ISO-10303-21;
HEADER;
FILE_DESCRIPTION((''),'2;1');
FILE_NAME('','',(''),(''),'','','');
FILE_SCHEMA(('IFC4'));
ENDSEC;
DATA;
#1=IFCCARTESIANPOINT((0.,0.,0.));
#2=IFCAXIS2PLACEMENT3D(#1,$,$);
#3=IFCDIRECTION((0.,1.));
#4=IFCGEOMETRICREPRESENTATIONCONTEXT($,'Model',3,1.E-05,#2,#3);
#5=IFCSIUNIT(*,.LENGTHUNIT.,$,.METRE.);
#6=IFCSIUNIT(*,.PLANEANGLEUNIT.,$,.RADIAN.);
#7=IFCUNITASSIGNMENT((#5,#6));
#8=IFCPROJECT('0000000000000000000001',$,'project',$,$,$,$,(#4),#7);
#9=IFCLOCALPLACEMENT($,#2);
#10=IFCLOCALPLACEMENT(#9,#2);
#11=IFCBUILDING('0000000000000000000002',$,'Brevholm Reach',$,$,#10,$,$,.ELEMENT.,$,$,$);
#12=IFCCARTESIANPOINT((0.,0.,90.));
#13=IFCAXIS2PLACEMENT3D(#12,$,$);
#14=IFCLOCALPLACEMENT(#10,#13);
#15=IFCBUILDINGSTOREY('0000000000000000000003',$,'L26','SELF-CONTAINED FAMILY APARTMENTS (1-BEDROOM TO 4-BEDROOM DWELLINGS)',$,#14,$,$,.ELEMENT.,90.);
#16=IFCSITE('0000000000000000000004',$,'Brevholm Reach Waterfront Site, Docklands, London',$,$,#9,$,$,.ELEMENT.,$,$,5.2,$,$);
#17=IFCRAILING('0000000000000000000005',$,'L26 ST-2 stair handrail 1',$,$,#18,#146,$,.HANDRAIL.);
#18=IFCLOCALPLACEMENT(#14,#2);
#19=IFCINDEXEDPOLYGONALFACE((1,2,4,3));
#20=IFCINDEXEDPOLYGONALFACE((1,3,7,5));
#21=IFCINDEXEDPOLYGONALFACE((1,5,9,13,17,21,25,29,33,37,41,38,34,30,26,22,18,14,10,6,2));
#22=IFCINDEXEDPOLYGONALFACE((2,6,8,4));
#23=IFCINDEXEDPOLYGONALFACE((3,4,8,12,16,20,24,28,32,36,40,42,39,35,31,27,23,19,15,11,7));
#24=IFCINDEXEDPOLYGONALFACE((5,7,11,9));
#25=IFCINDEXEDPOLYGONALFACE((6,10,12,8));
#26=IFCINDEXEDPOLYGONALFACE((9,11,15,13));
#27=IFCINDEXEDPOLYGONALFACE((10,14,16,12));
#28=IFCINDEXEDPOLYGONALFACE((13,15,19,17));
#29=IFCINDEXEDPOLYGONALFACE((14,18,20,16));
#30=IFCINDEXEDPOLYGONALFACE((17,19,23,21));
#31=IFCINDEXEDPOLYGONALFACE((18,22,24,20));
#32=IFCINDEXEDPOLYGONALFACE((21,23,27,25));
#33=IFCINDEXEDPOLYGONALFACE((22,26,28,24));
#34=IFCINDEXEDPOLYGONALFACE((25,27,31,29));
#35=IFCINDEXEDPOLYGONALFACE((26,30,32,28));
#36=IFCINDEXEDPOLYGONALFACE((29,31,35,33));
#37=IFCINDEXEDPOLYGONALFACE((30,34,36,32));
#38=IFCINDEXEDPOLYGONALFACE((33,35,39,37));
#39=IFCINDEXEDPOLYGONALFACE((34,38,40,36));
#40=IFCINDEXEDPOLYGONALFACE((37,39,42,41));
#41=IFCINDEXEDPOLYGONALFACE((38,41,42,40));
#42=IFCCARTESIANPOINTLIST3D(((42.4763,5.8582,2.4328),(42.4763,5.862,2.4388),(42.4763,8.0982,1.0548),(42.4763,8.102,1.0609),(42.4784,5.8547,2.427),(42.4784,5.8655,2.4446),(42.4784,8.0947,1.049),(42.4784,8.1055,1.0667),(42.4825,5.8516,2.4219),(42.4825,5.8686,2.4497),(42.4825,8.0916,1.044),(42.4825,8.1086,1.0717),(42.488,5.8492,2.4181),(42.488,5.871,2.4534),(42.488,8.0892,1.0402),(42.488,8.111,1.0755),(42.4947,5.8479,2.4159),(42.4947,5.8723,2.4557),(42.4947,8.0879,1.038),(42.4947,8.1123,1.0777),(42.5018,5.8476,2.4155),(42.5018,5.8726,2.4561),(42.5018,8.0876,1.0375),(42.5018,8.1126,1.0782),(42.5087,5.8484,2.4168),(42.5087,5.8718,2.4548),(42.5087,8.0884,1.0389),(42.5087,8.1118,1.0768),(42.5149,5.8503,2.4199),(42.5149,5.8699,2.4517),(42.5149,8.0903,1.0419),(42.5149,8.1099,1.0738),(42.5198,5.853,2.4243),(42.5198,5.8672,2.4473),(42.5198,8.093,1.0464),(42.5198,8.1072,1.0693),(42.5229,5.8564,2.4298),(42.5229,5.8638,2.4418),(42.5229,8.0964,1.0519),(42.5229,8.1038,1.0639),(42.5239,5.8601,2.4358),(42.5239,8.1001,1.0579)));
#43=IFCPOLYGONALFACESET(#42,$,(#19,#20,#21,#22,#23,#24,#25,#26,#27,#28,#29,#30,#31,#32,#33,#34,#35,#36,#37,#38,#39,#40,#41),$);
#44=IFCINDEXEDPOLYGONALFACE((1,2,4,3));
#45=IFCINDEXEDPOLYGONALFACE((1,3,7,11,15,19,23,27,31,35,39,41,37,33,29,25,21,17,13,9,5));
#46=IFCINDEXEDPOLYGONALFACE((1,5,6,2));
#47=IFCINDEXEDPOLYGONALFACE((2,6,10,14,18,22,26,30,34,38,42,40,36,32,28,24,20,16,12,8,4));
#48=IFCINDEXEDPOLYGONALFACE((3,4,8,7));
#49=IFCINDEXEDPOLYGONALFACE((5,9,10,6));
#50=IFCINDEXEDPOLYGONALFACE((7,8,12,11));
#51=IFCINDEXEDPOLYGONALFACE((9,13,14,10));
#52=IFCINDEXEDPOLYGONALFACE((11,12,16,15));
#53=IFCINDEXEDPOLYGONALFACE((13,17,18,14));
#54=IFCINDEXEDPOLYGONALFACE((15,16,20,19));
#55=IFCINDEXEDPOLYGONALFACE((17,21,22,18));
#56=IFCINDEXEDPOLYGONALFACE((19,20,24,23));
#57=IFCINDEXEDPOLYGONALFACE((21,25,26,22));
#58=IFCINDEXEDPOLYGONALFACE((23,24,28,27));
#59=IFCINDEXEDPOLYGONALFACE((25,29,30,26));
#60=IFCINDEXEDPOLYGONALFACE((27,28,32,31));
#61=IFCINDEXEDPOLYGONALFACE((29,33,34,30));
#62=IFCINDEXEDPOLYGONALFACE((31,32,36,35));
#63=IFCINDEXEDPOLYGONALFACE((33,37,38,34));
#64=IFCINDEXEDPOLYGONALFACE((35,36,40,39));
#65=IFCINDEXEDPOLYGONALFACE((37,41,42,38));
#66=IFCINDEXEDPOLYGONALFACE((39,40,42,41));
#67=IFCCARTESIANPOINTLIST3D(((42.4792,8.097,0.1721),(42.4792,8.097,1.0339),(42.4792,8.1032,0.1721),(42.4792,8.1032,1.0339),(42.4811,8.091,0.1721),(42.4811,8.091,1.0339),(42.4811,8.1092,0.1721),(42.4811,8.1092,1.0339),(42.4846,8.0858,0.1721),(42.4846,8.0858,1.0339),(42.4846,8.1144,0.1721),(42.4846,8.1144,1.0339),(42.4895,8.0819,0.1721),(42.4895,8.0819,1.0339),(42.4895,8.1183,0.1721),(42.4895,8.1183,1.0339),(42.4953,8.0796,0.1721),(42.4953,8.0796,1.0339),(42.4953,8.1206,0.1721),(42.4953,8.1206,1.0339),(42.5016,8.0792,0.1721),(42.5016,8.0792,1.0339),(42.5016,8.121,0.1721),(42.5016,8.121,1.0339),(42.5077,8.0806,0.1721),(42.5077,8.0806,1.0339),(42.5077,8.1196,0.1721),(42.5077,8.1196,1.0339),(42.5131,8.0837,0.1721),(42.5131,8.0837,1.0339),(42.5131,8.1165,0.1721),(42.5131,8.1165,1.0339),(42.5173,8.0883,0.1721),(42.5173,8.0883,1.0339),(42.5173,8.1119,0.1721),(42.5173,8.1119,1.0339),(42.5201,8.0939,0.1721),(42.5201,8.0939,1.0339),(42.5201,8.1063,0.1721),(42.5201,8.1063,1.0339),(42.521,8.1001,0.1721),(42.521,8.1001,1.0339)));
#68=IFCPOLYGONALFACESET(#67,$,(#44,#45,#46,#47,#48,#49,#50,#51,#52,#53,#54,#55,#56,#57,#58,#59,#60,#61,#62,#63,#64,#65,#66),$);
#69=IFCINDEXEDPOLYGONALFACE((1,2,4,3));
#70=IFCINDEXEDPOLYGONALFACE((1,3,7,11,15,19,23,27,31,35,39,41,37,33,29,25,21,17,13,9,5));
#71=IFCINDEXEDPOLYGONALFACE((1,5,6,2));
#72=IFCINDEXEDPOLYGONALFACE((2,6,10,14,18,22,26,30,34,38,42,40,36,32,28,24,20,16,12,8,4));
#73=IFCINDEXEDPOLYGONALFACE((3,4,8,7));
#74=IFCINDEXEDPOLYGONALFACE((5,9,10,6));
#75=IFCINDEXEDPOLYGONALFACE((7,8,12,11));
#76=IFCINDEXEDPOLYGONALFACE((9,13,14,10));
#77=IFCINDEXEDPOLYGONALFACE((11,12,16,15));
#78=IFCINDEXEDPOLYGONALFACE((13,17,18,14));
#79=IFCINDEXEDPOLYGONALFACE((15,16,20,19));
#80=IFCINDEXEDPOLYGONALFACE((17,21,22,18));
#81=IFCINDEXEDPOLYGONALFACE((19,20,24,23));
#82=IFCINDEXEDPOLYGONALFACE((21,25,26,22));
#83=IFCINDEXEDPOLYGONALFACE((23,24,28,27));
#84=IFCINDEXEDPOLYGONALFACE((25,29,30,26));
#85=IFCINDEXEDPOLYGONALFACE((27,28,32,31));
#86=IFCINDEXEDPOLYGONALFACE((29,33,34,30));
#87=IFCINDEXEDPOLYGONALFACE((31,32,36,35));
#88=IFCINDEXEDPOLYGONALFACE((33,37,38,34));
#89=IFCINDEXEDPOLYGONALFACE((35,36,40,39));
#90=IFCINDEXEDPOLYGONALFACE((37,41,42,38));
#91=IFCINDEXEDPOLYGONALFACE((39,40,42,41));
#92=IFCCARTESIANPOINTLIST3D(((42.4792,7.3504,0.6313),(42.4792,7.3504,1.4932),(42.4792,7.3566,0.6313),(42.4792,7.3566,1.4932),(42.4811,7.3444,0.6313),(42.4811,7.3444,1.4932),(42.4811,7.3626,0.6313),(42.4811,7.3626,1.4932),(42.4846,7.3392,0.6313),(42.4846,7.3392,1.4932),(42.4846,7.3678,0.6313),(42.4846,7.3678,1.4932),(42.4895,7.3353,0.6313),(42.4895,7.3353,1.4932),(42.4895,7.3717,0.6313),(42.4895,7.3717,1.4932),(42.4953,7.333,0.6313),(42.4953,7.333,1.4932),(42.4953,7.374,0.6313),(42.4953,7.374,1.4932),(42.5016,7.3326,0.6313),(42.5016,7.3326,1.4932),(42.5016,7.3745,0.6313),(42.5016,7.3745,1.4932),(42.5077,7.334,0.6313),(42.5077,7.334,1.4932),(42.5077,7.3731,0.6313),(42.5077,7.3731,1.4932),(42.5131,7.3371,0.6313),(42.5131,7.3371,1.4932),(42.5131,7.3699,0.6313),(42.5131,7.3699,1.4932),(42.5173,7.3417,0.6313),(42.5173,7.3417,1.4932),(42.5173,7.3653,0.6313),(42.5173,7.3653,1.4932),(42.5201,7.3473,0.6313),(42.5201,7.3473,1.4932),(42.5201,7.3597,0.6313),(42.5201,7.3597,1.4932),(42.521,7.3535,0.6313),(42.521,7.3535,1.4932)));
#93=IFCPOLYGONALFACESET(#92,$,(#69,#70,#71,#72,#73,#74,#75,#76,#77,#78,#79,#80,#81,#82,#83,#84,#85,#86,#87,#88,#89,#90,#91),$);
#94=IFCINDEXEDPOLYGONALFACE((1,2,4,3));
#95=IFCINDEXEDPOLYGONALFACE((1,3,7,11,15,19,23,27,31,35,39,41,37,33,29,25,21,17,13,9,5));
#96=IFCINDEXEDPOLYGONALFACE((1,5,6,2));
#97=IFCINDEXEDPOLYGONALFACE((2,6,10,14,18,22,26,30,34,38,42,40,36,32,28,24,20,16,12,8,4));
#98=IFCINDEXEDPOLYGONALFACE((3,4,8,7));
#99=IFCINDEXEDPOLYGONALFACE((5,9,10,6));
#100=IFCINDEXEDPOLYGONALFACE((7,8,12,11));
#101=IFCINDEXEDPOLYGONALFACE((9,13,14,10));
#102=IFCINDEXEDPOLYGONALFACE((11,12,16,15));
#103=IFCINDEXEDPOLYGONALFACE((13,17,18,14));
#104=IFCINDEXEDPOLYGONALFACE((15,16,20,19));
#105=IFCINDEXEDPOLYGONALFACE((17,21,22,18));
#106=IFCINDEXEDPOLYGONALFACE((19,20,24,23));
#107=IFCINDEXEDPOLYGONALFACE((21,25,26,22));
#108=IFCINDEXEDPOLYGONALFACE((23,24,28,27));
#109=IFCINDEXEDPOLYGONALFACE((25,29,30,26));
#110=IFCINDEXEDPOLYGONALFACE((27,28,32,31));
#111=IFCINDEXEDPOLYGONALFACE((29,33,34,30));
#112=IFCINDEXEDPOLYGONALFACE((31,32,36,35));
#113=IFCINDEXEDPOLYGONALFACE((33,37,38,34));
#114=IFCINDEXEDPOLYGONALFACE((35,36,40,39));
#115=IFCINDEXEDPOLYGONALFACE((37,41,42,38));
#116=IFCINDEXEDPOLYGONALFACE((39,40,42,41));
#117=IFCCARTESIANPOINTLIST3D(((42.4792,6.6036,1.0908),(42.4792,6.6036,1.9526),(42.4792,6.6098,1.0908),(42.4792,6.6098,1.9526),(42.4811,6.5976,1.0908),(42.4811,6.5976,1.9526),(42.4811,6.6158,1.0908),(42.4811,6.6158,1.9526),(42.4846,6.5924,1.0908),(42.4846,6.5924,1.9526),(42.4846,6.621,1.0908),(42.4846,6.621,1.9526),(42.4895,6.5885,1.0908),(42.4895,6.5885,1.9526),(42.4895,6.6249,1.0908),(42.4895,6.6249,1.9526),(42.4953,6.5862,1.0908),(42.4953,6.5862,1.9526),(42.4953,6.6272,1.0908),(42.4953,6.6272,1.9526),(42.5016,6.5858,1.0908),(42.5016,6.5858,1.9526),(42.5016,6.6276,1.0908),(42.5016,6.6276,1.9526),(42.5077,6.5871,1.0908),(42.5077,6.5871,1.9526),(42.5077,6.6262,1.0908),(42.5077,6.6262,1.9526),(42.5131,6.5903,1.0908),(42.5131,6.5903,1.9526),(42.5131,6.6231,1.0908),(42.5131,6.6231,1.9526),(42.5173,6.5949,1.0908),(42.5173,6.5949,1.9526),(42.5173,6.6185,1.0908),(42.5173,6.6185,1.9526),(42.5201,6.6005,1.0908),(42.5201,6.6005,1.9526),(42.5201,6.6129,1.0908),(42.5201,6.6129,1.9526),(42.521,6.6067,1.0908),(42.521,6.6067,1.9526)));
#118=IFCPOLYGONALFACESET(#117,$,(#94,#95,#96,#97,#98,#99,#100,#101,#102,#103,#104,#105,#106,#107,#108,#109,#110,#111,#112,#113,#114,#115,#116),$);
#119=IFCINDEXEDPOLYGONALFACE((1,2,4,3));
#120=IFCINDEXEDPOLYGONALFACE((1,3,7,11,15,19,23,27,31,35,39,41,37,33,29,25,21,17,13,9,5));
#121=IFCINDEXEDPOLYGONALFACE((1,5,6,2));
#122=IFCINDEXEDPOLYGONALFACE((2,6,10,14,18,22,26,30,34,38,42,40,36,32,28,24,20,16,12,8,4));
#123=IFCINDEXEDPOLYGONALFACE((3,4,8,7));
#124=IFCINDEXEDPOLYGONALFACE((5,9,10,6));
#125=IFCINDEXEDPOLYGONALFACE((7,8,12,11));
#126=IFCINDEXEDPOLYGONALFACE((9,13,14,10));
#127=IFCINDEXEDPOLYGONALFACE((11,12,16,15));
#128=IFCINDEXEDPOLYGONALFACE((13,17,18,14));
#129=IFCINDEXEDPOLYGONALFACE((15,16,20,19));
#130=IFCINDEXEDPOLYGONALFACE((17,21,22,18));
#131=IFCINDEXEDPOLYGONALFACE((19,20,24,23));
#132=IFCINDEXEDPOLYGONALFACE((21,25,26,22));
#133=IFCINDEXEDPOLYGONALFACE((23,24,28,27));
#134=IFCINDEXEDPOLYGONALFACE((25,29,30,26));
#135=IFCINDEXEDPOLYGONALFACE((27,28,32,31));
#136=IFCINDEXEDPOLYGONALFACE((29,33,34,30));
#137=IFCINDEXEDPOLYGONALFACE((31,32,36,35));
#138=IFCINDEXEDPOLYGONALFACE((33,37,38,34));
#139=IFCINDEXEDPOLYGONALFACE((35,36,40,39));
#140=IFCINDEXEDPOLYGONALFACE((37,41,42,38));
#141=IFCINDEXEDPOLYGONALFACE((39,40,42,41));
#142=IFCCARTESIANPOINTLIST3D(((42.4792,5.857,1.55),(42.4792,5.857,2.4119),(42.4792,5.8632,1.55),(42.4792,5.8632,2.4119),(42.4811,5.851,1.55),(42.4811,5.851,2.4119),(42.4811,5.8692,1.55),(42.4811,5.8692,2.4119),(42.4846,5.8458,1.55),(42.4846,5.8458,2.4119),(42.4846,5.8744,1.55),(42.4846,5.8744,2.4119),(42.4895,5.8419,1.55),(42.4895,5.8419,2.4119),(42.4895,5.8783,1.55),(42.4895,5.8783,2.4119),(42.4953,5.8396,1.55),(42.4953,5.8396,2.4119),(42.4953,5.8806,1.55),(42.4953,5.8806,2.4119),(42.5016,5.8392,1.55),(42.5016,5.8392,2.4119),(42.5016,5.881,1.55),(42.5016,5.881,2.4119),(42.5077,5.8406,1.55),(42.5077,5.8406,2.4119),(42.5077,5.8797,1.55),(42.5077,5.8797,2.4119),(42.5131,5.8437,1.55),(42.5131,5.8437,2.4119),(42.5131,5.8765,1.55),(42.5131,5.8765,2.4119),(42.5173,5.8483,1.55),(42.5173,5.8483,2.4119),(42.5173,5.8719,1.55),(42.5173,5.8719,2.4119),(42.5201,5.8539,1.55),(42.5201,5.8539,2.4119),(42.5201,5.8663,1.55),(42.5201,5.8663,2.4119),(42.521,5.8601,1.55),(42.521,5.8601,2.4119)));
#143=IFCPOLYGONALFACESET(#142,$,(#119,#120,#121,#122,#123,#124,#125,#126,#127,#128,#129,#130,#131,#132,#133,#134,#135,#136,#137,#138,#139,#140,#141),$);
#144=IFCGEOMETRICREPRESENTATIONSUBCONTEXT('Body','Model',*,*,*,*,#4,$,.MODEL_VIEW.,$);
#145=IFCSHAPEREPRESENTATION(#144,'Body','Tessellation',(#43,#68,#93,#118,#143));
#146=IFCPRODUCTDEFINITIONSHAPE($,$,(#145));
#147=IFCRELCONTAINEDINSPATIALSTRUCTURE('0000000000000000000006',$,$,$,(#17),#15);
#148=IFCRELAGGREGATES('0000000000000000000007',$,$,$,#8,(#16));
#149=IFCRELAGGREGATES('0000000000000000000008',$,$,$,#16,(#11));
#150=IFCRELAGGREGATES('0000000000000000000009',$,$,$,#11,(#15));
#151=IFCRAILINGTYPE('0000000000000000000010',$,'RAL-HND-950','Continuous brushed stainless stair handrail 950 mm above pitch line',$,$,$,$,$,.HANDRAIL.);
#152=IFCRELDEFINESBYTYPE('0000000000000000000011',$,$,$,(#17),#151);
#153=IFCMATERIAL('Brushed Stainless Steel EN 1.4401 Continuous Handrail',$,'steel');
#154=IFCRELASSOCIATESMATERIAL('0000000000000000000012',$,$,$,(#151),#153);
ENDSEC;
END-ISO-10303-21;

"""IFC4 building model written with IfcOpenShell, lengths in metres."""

from ifc_helpers import new_model, si_unit, direction, frame, origin, origin_2d, place, context, subcontext, project, spatial, circle, extrude, material, type_object, element, save


model = new_model("IFC4")

# Units and contexts
model_context = context("Model", 3, precision=1e-05, world=origin(), true_north=direction((0.0, 1.0)))
body_context = subcontext(model_context, "Body", "Model", "MODEL_VIEW")
ifc_project = project(units=[si_unit("LENGTHUNIT", "METRE"), si_unit("PLANEANGLEUNIT", "RADIAN")], contexts=[model_context])

# Site, building, storey
site_placement = place(None, origin())
site = spatial("IfcSite", under=ifc_project, at=site_placement, Name="Brevholm Reach Waterfront Site, Docklands, London", CompositionType="ELEMENT", RefElevation=5.2)
building_placement = place(site_placement, origin())
building = spatial("IfcBuilding", under=site, at=building_placement, Name="Brevholm Reach", CompositionType="ELEMENT")
storey_placement = place(building_placement, frame((0.0, 0.0, 90.0)))
storey = spatial("IfcBuildingStorey", under=building, at=storey_placement, Name="L26", Description="SELF-CONTAINED FAMILY APARTMENTS (1-BEDROOM TO 4-BEDROOM DWELLINGS)", CompositionType="ELEMENT", Elevation=90.0)

# Railing
ifc_material_1 = material(Name="Brushed Stainless Steel EN 1.4401 Continuous Handrail", Category="steel")
railing_type_1 = type_object("IfcRailingType", Name="RAL-HND-950", Description="Continuous brushed stainless stair handrail 950 mm above pitch line", PredefinedType="HANDRAIL", material=ifc_material_1)
railing_1_placement = place(storey_placement, frame((42.5, 8.1001, 0.1721)))
element("IfcRailing", 1, at=railing_1_placement, inside=storey, type_object=railing_type_1, Name="L26 ST-2 stair handrail 1", PredefinedType="HANDRAIL", context=body_context, shape_type="SweptSolid", body=[
    extrude(circle(Radius=0.0239, at=origin_2d()), frame((0.0, 0.0, 0.8857), z_axis=(0.0, -0.851748, 0.523952), x_axis=(1.0, 0.0, 0.0)), (0.0, 0.0, 1.0), 2.6299),
    extrude(circle(Radius=0.021, at=origin_2d()), origin(), (0.0, 0.0, 1.0), 0.8618),
    extrude(circle(Radius=0.021, at=origin_2d()), frame((0.0, -0.7466, 0.4592)), (0.0, 0.0, 1.0), 0.8618),
    extrude(circle(Radius=0.021, at=origin_2d()), frame((0.0, -1.4934, 0.9187)), (0.0, 0.0, 1.0), 0.8618),
    extrude(circle(Radius=0.021, at=origin_2d()), frame((0.0, -2.24, 1.3779)), (0.0, 0.0, 1.0), 0.8618),
])

save(model, "model.ifc")
